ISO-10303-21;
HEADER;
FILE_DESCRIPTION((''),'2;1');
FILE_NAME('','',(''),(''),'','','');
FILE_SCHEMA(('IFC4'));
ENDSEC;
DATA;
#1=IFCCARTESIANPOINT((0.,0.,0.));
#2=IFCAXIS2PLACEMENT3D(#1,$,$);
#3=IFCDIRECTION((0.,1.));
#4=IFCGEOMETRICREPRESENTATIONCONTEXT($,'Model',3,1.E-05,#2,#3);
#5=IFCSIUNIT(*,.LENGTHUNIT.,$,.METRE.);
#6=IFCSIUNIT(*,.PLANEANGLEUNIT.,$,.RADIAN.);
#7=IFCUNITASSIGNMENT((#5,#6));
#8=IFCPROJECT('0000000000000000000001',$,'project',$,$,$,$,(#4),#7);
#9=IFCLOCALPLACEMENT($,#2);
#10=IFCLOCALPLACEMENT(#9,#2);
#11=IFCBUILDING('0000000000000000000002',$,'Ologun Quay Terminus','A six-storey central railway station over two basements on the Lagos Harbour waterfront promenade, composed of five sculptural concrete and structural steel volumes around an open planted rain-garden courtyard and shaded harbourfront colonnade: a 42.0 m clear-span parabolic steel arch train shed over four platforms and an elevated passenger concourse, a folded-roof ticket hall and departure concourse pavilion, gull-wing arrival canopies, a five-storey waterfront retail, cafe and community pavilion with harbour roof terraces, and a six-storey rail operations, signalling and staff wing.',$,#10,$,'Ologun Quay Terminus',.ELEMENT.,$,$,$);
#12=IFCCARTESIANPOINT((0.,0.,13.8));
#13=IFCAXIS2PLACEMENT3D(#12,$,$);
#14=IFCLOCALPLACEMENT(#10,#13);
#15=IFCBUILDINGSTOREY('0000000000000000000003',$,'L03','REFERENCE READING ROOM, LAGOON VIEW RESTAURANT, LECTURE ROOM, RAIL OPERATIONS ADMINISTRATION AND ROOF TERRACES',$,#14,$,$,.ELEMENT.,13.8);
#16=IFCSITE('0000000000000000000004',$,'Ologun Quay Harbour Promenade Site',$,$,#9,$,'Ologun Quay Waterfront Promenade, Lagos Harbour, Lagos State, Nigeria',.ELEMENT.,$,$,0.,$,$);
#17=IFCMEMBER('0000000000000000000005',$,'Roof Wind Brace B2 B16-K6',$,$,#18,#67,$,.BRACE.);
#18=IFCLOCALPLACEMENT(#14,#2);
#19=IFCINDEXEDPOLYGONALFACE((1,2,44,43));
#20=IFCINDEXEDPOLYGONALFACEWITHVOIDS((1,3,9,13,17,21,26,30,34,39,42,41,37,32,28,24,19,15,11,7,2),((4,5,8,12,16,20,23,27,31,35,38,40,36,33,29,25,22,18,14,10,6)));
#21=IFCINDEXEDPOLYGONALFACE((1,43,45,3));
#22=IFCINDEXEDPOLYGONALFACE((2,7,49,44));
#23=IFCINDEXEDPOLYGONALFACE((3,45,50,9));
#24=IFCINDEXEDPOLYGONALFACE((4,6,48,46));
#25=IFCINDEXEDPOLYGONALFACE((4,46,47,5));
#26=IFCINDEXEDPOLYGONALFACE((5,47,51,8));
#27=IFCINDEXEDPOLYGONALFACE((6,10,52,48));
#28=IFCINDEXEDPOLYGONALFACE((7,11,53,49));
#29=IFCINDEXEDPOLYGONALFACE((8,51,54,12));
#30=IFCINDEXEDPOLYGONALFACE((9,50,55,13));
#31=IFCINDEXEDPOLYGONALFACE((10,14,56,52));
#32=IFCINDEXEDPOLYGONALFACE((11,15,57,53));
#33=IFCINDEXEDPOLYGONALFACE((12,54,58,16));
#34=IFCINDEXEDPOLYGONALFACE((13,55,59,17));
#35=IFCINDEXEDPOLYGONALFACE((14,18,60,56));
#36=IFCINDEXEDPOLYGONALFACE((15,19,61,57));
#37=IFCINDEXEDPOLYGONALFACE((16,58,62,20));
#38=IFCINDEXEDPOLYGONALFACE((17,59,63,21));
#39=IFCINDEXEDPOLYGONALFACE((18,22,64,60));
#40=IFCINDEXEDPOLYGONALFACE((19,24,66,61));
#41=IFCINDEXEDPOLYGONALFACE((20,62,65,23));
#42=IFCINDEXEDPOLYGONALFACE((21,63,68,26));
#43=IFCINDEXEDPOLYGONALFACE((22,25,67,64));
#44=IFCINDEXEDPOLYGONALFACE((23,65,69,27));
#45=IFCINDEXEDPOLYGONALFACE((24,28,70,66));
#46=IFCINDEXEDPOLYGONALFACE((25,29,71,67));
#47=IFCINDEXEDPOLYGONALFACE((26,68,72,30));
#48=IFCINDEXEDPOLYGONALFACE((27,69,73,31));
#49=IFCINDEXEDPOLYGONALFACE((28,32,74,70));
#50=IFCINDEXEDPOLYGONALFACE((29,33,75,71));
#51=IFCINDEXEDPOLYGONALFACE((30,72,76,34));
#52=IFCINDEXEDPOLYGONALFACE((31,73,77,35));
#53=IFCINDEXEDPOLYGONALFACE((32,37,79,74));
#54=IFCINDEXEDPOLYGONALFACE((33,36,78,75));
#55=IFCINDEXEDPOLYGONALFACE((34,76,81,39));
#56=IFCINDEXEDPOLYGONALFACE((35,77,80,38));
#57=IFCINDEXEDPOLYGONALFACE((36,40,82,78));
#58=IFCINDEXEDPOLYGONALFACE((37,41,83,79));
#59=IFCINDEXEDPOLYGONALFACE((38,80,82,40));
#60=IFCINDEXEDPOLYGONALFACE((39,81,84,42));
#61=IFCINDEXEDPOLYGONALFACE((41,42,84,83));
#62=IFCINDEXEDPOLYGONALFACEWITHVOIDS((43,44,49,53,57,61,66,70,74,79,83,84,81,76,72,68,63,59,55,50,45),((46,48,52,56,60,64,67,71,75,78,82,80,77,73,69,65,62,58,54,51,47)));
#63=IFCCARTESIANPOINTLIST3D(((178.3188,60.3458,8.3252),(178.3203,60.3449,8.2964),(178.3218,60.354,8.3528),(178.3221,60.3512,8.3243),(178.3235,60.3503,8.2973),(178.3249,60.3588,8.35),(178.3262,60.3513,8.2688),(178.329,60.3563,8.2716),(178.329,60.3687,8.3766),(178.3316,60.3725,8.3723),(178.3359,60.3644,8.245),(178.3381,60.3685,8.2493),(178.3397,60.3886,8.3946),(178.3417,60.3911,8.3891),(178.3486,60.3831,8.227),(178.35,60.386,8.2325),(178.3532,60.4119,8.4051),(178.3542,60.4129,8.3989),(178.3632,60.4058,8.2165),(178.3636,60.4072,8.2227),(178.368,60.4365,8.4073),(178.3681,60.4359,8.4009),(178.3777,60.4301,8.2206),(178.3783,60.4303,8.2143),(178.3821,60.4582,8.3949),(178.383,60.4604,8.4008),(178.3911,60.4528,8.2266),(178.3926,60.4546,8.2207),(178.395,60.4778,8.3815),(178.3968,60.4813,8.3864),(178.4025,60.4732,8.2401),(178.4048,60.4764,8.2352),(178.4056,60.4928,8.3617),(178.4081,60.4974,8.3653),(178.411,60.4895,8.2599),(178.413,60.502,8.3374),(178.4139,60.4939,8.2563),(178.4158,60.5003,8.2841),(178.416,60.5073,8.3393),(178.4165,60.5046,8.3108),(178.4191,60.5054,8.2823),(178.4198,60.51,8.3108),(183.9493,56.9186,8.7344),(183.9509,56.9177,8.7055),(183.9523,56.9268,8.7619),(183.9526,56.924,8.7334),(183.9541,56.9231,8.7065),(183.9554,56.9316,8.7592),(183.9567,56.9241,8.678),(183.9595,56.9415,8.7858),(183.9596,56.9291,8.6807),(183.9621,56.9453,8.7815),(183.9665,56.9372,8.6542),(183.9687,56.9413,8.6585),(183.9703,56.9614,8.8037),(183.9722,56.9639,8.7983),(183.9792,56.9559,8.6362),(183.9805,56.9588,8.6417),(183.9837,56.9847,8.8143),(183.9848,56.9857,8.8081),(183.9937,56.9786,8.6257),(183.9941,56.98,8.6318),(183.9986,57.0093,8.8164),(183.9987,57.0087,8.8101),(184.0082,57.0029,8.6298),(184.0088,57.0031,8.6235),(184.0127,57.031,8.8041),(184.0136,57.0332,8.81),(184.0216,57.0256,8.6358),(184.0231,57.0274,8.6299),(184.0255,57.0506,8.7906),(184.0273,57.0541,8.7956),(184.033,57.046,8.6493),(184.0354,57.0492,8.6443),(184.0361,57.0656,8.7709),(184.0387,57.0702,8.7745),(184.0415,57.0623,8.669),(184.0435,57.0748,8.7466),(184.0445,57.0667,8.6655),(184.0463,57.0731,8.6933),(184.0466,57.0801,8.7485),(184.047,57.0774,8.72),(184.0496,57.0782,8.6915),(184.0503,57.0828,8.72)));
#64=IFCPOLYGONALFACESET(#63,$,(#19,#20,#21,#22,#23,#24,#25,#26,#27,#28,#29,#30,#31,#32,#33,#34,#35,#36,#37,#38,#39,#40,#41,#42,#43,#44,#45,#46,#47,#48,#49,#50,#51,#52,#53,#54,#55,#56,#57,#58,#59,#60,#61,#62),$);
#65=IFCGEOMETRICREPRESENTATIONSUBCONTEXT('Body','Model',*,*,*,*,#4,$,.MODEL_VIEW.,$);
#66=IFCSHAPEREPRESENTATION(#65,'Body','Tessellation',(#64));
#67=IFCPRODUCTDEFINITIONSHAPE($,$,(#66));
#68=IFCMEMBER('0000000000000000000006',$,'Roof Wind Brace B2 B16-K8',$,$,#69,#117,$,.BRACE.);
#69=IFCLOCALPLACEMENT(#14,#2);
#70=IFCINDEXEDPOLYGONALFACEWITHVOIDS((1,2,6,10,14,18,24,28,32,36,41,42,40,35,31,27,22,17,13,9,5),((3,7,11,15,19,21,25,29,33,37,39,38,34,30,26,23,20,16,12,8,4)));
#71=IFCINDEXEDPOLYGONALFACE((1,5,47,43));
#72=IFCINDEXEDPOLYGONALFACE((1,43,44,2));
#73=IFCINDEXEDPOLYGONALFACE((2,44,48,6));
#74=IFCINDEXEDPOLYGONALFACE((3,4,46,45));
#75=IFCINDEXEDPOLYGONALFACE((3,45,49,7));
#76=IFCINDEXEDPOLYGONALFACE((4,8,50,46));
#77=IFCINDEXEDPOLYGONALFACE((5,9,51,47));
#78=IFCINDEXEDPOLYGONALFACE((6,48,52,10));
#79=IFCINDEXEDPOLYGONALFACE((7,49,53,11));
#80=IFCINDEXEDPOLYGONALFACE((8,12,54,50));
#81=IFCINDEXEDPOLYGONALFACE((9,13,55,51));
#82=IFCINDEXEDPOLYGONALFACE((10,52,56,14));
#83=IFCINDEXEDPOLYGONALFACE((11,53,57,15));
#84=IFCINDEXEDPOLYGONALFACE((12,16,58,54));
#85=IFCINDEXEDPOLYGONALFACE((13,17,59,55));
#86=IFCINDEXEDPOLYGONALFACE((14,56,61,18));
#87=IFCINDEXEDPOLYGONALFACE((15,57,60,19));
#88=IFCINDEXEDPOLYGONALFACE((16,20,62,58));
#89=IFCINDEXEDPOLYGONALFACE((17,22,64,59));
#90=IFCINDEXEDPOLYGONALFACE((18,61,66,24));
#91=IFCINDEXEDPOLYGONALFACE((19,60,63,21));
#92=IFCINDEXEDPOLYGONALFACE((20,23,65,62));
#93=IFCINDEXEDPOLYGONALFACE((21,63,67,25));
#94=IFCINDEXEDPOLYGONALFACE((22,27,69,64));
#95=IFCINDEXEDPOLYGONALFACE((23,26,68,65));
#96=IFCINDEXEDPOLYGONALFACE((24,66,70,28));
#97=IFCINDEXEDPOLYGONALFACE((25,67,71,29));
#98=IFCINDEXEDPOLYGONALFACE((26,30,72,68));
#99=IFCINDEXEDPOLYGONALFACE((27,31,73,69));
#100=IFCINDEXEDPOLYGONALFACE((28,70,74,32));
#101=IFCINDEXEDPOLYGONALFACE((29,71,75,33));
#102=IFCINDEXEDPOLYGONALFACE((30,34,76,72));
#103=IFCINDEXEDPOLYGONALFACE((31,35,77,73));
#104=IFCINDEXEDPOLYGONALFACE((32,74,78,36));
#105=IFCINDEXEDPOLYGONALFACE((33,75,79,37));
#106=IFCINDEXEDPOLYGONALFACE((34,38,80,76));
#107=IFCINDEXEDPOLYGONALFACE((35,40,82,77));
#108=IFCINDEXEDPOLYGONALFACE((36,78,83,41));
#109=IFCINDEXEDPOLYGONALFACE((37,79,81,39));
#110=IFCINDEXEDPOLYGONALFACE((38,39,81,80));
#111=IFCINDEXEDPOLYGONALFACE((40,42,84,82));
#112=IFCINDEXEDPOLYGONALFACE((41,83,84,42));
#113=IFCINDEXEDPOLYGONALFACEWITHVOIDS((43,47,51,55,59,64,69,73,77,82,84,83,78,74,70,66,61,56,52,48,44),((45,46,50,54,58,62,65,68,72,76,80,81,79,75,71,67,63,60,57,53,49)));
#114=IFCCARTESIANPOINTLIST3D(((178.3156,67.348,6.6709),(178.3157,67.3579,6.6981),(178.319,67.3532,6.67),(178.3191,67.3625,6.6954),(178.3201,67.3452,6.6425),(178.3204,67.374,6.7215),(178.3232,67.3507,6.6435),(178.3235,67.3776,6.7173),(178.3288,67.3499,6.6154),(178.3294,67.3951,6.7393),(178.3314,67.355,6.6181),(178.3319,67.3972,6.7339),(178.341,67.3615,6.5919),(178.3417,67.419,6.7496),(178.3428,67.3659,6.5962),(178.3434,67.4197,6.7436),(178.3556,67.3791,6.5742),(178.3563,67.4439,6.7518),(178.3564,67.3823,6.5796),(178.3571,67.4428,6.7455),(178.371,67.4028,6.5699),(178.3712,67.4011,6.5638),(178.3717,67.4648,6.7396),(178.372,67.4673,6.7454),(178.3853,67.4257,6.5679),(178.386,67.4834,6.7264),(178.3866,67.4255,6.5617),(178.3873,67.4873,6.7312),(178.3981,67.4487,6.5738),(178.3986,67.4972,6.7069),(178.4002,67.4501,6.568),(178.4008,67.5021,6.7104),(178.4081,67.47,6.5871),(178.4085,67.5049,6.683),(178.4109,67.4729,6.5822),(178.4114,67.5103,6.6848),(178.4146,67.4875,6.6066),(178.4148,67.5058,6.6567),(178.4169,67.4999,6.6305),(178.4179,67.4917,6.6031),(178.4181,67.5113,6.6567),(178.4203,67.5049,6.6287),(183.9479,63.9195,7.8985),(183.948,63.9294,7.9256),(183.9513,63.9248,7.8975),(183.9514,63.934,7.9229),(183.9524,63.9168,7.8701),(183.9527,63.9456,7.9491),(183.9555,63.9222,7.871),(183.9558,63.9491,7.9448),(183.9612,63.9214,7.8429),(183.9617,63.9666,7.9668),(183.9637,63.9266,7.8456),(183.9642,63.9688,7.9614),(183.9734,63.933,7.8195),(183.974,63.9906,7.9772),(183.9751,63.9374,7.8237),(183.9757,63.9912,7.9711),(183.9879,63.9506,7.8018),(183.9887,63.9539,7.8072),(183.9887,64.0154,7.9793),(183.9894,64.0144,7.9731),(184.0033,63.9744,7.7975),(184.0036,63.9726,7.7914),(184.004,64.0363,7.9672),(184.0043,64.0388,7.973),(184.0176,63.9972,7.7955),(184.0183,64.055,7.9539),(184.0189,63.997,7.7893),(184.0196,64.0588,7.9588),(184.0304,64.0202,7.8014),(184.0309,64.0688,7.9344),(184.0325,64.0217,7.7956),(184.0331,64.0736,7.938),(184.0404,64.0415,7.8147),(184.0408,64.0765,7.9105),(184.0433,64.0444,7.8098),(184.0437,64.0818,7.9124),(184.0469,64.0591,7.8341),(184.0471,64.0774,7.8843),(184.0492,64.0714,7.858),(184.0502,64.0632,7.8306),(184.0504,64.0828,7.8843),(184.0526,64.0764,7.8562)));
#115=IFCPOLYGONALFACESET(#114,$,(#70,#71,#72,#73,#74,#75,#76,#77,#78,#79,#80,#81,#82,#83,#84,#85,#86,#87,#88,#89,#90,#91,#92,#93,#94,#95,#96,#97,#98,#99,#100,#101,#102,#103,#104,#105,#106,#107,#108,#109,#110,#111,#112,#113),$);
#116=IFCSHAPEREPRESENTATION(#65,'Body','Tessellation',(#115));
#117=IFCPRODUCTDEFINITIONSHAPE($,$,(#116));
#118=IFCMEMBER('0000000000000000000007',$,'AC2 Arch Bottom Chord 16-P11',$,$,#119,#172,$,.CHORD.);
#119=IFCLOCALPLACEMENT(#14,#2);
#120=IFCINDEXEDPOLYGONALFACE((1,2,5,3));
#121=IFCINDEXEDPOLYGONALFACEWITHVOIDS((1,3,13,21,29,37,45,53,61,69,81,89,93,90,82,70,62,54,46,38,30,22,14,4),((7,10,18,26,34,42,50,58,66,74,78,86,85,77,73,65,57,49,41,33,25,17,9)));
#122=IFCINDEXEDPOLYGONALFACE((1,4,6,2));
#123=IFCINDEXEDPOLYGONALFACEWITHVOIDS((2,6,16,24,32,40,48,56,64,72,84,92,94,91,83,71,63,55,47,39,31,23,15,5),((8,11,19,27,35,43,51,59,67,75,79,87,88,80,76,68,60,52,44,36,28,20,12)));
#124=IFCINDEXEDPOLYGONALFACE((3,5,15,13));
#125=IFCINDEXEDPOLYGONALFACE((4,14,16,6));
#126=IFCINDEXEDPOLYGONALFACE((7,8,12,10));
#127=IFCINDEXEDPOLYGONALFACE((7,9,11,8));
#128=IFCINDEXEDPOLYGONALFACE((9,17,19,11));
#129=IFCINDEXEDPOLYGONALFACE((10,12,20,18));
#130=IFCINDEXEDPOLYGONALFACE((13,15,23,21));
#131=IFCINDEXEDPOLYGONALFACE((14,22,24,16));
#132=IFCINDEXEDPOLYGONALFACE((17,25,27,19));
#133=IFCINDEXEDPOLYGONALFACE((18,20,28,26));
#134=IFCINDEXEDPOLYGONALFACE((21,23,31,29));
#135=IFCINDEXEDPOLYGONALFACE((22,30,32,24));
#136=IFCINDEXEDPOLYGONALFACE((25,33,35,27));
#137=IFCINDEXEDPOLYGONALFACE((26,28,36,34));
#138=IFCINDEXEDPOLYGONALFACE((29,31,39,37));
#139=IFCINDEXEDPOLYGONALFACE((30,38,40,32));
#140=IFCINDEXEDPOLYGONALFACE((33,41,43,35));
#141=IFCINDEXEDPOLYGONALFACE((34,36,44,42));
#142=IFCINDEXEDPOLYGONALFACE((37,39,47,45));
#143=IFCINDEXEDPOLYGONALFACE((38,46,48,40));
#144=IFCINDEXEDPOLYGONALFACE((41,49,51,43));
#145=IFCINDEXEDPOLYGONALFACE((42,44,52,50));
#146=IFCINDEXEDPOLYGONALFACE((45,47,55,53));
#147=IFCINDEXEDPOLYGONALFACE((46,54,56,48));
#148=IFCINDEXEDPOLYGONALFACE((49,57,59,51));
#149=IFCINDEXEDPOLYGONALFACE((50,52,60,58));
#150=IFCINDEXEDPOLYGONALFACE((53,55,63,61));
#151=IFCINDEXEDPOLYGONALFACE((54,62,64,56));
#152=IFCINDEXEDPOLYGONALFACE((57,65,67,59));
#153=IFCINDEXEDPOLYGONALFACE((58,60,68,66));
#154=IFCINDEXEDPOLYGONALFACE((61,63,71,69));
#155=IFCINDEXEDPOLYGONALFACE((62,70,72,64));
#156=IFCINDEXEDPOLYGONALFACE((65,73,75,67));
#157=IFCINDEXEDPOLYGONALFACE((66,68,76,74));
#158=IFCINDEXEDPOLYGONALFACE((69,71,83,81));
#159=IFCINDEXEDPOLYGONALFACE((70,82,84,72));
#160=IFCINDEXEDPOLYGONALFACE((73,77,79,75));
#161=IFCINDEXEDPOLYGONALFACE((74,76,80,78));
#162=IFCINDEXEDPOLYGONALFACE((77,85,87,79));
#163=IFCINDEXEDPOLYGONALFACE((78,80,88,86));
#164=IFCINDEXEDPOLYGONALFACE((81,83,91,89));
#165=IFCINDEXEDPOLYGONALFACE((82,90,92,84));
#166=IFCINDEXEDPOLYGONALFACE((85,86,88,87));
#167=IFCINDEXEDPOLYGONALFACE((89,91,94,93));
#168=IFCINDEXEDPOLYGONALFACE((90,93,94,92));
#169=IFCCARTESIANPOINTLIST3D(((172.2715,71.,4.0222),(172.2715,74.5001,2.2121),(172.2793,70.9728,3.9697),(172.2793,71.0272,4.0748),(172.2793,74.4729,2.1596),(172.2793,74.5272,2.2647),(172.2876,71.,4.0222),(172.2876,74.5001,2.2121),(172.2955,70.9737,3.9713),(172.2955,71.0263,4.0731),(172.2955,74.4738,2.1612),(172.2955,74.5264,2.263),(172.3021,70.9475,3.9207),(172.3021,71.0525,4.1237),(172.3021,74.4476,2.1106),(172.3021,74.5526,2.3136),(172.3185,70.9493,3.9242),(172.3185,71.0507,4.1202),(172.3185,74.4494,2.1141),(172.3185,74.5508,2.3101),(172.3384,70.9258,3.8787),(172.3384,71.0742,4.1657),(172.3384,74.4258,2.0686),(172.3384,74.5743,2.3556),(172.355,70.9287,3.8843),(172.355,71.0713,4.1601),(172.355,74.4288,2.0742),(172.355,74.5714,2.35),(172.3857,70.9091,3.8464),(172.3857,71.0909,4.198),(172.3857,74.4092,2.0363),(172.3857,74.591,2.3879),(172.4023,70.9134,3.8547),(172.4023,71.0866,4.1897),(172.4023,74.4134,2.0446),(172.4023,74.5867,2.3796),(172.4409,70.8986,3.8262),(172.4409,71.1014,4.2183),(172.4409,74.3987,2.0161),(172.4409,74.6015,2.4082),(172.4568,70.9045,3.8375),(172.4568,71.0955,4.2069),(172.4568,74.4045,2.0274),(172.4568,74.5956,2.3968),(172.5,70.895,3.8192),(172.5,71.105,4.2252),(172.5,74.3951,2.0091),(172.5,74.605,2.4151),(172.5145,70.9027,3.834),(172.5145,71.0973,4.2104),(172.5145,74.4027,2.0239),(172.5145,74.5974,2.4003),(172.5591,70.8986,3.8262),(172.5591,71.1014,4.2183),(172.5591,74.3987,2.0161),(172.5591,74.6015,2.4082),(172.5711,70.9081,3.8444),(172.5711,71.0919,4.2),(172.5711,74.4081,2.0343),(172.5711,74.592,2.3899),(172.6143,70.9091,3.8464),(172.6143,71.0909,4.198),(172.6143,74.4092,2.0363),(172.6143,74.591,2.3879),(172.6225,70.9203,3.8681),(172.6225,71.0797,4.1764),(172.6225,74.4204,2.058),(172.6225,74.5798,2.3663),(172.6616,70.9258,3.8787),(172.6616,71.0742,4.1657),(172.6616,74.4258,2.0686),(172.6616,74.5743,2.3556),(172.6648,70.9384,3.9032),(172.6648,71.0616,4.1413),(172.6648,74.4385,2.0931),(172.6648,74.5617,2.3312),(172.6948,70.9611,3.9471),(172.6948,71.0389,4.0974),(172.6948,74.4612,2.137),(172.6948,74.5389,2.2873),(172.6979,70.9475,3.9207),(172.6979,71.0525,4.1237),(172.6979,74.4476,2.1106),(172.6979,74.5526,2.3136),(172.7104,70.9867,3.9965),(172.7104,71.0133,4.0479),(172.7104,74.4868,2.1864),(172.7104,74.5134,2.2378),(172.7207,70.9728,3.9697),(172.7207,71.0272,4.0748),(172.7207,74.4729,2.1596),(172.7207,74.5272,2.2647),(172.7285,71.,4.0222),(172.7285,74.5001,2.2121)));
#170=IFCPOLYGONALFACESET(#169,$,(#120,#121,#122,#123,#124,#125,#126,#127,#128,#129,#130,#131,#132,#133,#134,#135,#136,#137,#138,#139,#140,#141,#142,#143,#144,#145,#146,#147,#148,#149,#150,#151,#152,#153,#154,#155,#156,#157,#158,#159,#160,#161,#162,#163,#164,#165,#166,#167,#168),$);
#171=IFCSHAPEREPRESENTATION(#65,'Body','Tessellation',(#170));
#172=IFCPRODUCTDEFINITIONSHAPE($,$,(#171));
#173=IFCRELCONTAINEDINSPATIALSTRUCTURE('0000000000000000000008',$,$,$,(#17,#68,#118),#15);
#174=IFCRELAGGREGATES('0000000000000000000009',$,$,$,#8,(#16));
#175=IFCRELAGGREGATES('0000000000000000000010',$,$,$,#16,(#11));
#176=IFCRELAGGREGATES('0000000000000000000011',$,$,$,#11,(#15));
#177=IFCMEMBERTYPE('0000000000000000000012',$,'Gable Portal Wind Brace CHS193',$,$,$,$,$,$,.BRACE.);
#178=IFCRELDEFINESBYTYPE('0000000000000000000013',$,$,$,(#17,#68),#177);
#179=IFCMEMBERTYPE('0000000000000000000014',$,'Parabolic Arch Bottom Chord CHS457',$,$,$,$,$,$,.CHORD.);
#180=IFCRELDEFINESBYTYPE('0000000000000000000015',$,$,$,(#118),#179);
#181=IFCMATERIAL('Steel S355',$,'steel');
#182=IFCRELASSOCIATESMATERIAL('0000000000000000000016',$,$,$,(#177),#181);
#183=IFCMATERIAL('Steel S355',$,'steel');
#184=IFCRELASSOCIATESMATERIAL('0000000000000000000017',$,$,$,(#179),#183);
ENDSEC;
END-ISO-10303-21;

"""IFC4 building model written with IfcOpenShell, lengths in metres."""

from ifc_helpers import new_model, si_unit, direction, frame, origin, origin_2d, place, context, subcontext, project, spatial, hollow_circle, extrude, material, material_profile, profile_set, type_object, element, save


model = new_model("IFC4")

# Units and contexts
model_context = context("Model", 3, precision=1e-05, world=origin(), true_north=direction((0.0, 1.0)))
body_context = subcontext(model_context, "Body", "Model", "MODEL_VIEW")
ifc_project = project(units=[si_unit("LENGTHUNIT", "METRE"), si_unit("PLANEANGLEUNIT", "RADIAN")], contexts=[model_context])

# Site, building, storey
site_placement = place(None, origin())
site = spatial("IfcSite", under=ifc_project, at=site_placement, Name="Ologun Quay Harbour Promenade Site", LongName="Ologun Quay Waterfront Promenade, Lagos Harbour, Lagos State, Nigeria", CompositionType="ELEMENT", RefElevation=0.0)
building_placement = place(site_placement, origin())
building = spatial("IfcBuilding", under=site, at=building_placement, Name="Ologun Quay Terminus", Description="A six-storey central railway station over two basements on the Lagos Harbour waterfront promenade, composed of five sculptural concrete and structural steel volumes around an open planted rain-garden courtyard and shaded harbourfront colonnade: a 42.0 m clear-span parabolic steel arch train shed over four platforms and an elevated passenger concourse, a folded-roof ticket hall and departure concourse pavilion, gull-wing arrival canopies, a five-storey waterfront retail, cafe and community pavilion with harbour roof terraces, and a six-storey rail operations, signalling and staff wing.", LongName="Ologun Quay Terminus", CompositionType="ELEMENT")
storey_placement = place(building_placement, frame((0.0, 0.0, 13.8)))
storey = spatial("IfcBuildingStorey", under=building, at=storey_placement, Name="L03", Description="REFERENCE READING ROOM, LAGOON VIEW RESTAURANT, LECTURE ROOM, RAIL OPERATIONS ADMINISTRATION AND ROOF TERRACES", CompositionType="ELEMENT", Elevation=13.8)

# Members
ifc_material_1 = material(Name="Steel S355", Category="steel")
ifc_material_profile_1 = material_profile(ifc_material_1, hollow_circle(Radius=0.0969, WallThickness=0.0063, at=origin_2d()), Name="CHS 193.7x6.3")
ifc_profile_set_1 = profile_set([ifc_material_profile_1], Name="Steel S355")
member_type_1 = type_object("IfcMemberType", Name="Gable Portal Wind Brace CHS193", PredefinedType="BRACE", material=ifc_profile_set_1)
member_1_placement = place(storey_placement, frame((178.3694, 60.4272, 8.3108), z_axis=(0.852563, -0.518939, 0.061956), x_axis=(0.519938, 0.854204, 0.0)))
element("IfcMember", 1, at=member_1_placement, inside=storey, type_object=member_type_1, Name="Roof Wind Brace B2 B16-K6", PredefinedType="BRACE", context=body_context, shape_type="SweptSolid", body=[
    extrude(hollow_circle(Radius=0.0969, WallThickness=0.0063, at=origin_2d()), origin(), (0.0, 0.0, 1.0), 6.6042),
])
member_2_placement = place(storey_placement, frame((178.3677, 67.4285, 6.6567), z_axis=(0.839764, -0.511175, 0.183023), x_axis=(0.519958, 0.854192, 0.0)))
element("IfcMember", 2, at=member_2_placement, inside=storey, type_object=member_type_1, Name="Roof Wind Brace B2 B16-K8", PredefinedType="BRACE", context=body_context, shape_type="SweptSolid", body=[
    extrude(hollow_circle(Radius=0.0969, WallThickness=0.0063, at=origin_2d()), origin(), (0.0, 0.0, 1.0), 6.707),
])
ifc_material_2 = material(Name="Steel S355", Category="steel")
ifc_material_profile_2 = material_profile(ifc_material_2, hollow_circle(Radius=0.2285, WallThickness=0.0161, at=origin_2d()), Name="CHS 457x16")
ifc_profile_set_2 = profile_set([ifc_material_profile_2], Name="Steel S355")
member_type_2 = type_object("IfcMemberType", Name="Parabolic Arch Bottom Chord CHS457", PredefinedType="CHORD", material=ifc_profile_set_2)
member_3_placement = place(storey_placement, frame((172.5, 71.0, 4.0222), z_axis=(0.0, 0.888247, -0.459366), x_axis=(-1.0, 0.0, 0.0)))
element("IfcMember", 3, at=member_3_placement, inside=storey, type_object=member_type_2, Name="AC2 Arch Bottom Chord 16-P11", PredefinedType="CHORD", context=body_context, shape_type="SweptSolid", body=[
    extrude(hollow_circle(Radius=0.2285, WallThickness=0.0161, at=origin_2d()), origin(), (0.0, 0.0, 1.0), 3.9404),
])

save(model, "model.ifc")
